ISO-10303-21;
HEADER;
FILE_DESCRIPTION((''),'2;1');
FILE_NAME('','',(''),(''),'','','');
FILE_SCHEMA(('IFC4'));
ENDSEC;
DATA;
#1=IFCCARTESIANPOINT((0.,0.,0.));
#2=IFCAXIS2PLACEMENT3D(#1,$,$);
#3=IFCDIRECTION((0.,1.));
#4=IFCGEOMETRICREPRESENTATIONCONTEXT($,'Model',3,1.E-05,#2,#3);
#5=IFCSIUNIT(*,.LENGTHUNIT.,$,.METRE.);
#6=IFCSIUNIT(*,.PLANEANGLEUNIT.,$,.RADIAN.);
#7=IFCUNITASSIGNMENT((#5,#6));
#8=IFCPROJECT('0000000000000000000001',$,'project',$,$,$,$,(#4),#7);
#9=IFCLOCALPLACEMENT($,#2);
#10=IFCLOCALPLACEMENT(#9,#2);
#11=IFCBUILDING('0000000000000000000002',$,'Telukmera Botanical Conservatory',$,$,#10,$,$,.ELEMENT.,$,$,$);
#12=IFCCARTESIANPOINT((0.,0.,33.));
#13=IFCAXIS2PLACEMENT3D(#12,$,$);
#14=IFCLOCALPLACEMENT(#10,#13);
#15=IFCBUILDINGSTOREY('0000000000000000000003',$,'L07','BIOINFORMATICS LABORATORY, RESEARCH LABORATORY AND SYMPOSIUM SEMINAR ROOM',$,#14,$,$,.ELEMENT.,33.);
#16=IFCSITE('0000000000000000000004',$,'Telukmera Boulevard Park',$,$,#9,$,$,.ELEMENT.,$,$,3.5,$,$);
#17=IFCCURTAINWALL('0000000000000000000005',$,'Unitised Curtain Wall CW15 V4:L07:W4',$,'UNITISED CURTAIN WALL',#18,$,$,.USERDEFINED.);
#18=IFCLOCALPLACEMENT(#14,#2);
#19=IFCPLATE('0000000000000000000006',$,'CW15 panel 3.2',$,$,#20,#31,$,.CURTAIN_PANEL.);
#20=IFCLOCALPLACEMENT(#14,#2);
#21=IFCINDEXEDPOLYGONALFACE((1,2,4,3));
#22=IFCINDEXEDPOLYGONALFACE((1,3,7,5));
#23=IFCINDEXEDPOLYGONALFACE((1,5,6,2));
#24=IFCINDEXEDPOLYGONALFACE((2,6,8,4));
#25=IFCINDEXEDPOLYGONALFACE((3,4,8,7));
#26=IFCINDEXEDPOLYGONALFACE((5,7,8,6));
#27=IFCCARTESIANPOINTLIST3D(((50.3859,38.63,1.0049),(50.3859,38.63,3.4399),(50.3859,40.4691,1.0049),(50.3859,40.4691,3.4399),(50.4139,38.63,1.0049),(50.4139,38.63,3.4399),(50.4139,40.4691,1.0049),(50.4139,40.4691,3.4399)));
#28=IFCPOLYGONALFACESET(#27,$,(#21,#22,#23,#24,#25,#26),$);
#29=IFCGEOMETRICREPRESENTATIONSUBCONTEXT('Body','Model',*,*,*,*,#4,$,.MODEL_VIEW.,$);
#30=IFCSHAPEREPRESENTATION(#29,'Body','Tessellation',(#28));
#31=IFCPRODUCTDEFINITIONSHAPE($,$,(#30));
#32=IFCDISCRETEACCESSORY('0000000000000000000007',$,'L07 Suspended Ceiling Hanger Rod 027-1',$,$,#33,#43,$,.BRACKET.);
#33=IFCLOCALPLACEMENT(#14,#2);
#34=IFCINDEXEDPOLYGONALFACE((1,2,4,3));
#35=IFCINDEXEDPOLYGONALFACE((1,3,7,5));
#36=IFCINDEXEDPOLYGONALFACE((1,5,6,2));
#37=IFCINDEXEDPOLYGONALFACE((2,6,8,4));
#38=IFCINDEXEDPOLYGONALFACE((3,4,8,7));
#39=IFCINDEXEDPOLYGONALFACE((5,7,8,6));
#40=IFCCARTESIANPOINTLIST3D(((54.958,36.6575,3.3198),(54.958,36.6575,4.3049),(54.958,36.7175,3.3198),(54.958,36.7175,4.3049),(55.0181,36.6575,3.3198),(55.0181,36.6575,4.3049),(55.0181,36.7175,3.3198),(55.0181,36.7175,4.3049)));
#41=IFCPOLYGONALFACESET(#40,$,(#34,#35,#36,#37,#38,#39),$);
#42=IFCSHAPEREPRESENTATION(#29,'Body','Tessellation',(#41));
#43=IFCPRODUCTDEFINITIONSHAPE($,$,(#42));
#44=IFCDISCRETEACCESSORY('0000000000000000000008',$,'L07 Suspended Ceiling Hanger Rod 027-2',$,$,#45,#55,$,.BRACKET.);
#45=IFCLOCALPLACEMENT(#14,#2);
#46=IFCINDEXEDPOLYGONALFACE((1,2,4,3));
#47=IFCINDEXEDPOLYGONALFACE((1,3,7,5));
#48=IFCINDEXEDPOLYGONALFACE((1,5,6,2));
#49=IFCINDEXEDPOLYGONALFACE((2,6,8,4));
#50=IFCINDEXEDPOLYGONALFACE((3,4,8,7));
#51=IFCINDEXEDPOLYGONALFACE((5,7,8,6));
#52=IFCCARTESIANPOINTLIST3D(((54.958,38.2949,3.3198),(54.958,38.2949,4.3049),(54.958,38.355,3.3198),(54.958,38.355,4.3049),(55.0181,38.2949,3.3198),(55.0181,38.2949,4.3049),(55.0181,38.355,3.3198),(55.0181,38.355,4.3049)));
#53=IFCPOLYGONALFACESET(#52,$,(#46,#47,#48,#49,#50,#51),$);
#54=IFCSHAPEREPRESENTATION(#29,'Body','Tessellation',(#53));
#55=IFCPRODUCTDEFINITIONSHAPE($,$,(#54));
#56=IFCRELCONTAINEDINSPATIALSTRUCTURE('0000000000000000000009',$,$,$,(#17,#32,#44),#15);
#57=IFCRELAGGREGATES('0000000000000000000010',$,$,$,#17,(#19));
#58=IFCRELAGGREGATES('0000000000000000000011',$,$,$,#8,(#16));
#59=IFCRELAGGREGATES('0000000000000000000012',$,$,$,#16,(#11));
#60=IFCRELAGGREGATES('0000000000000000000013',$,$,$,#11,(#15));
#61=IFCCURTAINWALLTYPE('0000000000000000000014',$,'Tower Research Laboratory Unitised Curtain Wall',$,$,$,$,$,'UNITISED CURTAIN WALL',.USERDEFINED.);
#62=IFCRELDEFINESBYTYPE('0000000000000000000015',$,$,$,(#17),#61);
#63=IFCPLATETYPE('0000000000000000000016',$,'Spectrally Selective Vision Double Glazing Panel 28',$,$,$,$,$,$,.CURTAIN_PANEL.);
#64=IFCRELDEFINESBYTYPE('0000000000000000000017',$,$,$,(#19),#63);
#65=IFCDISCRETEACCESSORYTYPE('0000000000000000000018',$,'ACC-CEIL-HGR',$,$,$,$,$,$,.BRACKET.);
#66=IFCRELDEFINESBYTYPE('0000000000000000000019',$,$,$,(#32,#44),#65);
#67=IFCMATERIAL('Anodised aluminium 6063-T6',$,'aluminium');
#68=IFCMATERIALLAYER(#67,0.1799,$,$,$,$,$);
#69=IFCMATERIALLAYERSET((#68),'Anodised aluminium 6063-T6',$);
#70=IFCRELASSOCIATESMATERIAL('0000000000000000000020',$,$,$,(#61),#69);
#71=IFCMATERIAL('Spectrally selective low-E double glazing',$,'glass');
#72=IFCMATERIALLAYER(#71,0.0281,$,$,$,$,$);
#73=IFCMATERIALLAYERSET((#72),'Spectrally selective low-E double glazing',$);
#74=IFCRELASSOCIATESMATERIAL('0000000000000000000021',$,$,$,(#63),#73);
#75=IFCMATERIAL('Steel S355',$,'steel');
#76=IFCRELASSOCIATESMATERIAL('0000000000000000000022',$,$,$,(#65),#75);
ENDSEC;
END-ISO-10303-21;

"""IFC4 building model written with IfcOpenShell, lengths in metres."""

from ifc_helpers import new_model, si_unit, direction, frame, origin, origin_2d, place, context, subcontext, project, spatial, rectangle, extrude, material, layer, layer_set, type_object, element, aggregate, save


model = new_model("IFC4")

# Units and contexts
model_context = context("Model", 3, precision=1e-05, world=origin(), true_north=direction((0.0, 1.0)))
body_context = subcontext(model_context, "Body", "Model", "MODEL_VIEW")
ifc_project = project(units=[si_unit("LENGTHUNIT", "METRE"), si_unit("PLANEANGLEUNIT", "RADIAN")], contexts=[model_context])

# Site, building, storey
site_placement = place(None, origin())
site = spatial("IfcSite", under=ifc_project, at=site_placement, Name="Telukmera Boulevard Park", CompositionType="ELEMENT", RefElevation=3.5)
building_placement = place(site_placement, origin())
building = spatial("IfcBuilding", under=site, at=building_placement, Name="Telukmera Botanical Conservatory", CompositionType="ELEMENT")
storey_placement = place(building_placement, frame((0.0, 0.0, 33.0)))
storey = spatial("IfcBuildingStorey", under=building, at=storey_placement, Name="L07", Description="BIOINFORMATICS LABORATORY, RESEARCH LABORATORY AND SYMPOSIUM SEMINAR ROOM", CompositionType="ELEMENT", Elevation=33.0)

# Curtain wall, plate
ifc_material_1 = material(Name="Anodised aluminium 6063-T6", Category="aluminium")
ifc_layer_1 = layer(ifc_material_1, 0.1799)
ifc_layer_set_1 = layer_set([ifc_layer_1], Name="Anodised aluminium 6063-T6")
curtain_wall_type = type_object("IfcCurtainWallType", Name="Tower Research Laboratory Unitised Curtain Wall", ElementType="UNITISED CURTAIN WALL", PredefinedType="USERDEFINED", material=ifc_layer_set_1)
curtain_wall_placement = place(storey_placement, origin())
curtain_wall = element("IfcCurtainWall", 1, at=curtain_wall_placement, inside=storey, type_object=curtain_wall_type, Name="Unitised Curtain Wall CW15 V4:L07:W4", ObjectType="UNITISED CURTAIN WALL", PredefinedType="USERDEFINED")
ifc_material_2 = material(Name="Spectrally selective low-E double glazing", Category="glass")
ifc_layer_2 = layer(ifc_material_2, 0.0281)
ifc_layer_set_2 = layer_set([ifc_layer_2], Name="Spectrally selective low-E double glazing")
plate_type = type_object("IfcPlateType", Name="Spectrally Selective Vision Double Glazing Panel 28", PredefinedType="CURTAIN_PANEL", material=ifc_layer_set_2)
plate_1_placement = place(storey_placement, frame((50.3999, 39.5496, 1.0049), z_axis=(0.0, 0.0, 1.0), x_axis=(0.0, 1.0, 0.0)))
plate_1 = element("IfcPlate", 2, at=plate_1_placement, type_object=plate_type, Name="CW15 panel 3.2", PredefinedType="CURTAIN_PANEL", context=body_context, shape_type="SweptSolid", body=[
    extrude(rectangle(XDim=1.8391, YDim=0.0281, at=origin_2d()), origin(), (0.0, 0.0, 1.0), 2.4351),
])
aggregate(curtain_wall, [plate_1])

# Discrete accessories
ifc_material_3 = material(Name="Steel S355", Category="steel")
discrete_accessory_type = type_object("IfcDiscreteAccessoryType", Name="ACC-CEIL-HGR", PredefinedType="BRACKET", material=ifc_material_3)
for number, where, z_axis, x_axis, name in (
    (3, (54.988, 36.6875, 3.3198), (0.0, 0.0, 1.0), (1.0, 0.0, 0.0), "L07 Suspended Ceiling Hanger Rod 027-1"),
    (4, (54.988, 38.325, 3.3198), (0.0, 0.0, 1.0), (1.0, 0.0, 0.0), "L07 Suspended Ceiling Hanger Rod 027-2"),
):
    element("IfcDiscreteAccessory", number, at=place(storey_placement, frame(where, z_axis=z_axis, x_axis=x_axis)), inside=storey, type_object=discrete_accessory_type, Name=name, PredefinedType="BRACKET", context=body_context, shape_type="SweptSolid", body=[
        extrude(rectangle(XDim=0.0601, YDim=0.0601, at=origin_2d()), origin(), (0.0, 0.0, 1.0), 0.9851),
    ])

save(model, "model.ifc")
